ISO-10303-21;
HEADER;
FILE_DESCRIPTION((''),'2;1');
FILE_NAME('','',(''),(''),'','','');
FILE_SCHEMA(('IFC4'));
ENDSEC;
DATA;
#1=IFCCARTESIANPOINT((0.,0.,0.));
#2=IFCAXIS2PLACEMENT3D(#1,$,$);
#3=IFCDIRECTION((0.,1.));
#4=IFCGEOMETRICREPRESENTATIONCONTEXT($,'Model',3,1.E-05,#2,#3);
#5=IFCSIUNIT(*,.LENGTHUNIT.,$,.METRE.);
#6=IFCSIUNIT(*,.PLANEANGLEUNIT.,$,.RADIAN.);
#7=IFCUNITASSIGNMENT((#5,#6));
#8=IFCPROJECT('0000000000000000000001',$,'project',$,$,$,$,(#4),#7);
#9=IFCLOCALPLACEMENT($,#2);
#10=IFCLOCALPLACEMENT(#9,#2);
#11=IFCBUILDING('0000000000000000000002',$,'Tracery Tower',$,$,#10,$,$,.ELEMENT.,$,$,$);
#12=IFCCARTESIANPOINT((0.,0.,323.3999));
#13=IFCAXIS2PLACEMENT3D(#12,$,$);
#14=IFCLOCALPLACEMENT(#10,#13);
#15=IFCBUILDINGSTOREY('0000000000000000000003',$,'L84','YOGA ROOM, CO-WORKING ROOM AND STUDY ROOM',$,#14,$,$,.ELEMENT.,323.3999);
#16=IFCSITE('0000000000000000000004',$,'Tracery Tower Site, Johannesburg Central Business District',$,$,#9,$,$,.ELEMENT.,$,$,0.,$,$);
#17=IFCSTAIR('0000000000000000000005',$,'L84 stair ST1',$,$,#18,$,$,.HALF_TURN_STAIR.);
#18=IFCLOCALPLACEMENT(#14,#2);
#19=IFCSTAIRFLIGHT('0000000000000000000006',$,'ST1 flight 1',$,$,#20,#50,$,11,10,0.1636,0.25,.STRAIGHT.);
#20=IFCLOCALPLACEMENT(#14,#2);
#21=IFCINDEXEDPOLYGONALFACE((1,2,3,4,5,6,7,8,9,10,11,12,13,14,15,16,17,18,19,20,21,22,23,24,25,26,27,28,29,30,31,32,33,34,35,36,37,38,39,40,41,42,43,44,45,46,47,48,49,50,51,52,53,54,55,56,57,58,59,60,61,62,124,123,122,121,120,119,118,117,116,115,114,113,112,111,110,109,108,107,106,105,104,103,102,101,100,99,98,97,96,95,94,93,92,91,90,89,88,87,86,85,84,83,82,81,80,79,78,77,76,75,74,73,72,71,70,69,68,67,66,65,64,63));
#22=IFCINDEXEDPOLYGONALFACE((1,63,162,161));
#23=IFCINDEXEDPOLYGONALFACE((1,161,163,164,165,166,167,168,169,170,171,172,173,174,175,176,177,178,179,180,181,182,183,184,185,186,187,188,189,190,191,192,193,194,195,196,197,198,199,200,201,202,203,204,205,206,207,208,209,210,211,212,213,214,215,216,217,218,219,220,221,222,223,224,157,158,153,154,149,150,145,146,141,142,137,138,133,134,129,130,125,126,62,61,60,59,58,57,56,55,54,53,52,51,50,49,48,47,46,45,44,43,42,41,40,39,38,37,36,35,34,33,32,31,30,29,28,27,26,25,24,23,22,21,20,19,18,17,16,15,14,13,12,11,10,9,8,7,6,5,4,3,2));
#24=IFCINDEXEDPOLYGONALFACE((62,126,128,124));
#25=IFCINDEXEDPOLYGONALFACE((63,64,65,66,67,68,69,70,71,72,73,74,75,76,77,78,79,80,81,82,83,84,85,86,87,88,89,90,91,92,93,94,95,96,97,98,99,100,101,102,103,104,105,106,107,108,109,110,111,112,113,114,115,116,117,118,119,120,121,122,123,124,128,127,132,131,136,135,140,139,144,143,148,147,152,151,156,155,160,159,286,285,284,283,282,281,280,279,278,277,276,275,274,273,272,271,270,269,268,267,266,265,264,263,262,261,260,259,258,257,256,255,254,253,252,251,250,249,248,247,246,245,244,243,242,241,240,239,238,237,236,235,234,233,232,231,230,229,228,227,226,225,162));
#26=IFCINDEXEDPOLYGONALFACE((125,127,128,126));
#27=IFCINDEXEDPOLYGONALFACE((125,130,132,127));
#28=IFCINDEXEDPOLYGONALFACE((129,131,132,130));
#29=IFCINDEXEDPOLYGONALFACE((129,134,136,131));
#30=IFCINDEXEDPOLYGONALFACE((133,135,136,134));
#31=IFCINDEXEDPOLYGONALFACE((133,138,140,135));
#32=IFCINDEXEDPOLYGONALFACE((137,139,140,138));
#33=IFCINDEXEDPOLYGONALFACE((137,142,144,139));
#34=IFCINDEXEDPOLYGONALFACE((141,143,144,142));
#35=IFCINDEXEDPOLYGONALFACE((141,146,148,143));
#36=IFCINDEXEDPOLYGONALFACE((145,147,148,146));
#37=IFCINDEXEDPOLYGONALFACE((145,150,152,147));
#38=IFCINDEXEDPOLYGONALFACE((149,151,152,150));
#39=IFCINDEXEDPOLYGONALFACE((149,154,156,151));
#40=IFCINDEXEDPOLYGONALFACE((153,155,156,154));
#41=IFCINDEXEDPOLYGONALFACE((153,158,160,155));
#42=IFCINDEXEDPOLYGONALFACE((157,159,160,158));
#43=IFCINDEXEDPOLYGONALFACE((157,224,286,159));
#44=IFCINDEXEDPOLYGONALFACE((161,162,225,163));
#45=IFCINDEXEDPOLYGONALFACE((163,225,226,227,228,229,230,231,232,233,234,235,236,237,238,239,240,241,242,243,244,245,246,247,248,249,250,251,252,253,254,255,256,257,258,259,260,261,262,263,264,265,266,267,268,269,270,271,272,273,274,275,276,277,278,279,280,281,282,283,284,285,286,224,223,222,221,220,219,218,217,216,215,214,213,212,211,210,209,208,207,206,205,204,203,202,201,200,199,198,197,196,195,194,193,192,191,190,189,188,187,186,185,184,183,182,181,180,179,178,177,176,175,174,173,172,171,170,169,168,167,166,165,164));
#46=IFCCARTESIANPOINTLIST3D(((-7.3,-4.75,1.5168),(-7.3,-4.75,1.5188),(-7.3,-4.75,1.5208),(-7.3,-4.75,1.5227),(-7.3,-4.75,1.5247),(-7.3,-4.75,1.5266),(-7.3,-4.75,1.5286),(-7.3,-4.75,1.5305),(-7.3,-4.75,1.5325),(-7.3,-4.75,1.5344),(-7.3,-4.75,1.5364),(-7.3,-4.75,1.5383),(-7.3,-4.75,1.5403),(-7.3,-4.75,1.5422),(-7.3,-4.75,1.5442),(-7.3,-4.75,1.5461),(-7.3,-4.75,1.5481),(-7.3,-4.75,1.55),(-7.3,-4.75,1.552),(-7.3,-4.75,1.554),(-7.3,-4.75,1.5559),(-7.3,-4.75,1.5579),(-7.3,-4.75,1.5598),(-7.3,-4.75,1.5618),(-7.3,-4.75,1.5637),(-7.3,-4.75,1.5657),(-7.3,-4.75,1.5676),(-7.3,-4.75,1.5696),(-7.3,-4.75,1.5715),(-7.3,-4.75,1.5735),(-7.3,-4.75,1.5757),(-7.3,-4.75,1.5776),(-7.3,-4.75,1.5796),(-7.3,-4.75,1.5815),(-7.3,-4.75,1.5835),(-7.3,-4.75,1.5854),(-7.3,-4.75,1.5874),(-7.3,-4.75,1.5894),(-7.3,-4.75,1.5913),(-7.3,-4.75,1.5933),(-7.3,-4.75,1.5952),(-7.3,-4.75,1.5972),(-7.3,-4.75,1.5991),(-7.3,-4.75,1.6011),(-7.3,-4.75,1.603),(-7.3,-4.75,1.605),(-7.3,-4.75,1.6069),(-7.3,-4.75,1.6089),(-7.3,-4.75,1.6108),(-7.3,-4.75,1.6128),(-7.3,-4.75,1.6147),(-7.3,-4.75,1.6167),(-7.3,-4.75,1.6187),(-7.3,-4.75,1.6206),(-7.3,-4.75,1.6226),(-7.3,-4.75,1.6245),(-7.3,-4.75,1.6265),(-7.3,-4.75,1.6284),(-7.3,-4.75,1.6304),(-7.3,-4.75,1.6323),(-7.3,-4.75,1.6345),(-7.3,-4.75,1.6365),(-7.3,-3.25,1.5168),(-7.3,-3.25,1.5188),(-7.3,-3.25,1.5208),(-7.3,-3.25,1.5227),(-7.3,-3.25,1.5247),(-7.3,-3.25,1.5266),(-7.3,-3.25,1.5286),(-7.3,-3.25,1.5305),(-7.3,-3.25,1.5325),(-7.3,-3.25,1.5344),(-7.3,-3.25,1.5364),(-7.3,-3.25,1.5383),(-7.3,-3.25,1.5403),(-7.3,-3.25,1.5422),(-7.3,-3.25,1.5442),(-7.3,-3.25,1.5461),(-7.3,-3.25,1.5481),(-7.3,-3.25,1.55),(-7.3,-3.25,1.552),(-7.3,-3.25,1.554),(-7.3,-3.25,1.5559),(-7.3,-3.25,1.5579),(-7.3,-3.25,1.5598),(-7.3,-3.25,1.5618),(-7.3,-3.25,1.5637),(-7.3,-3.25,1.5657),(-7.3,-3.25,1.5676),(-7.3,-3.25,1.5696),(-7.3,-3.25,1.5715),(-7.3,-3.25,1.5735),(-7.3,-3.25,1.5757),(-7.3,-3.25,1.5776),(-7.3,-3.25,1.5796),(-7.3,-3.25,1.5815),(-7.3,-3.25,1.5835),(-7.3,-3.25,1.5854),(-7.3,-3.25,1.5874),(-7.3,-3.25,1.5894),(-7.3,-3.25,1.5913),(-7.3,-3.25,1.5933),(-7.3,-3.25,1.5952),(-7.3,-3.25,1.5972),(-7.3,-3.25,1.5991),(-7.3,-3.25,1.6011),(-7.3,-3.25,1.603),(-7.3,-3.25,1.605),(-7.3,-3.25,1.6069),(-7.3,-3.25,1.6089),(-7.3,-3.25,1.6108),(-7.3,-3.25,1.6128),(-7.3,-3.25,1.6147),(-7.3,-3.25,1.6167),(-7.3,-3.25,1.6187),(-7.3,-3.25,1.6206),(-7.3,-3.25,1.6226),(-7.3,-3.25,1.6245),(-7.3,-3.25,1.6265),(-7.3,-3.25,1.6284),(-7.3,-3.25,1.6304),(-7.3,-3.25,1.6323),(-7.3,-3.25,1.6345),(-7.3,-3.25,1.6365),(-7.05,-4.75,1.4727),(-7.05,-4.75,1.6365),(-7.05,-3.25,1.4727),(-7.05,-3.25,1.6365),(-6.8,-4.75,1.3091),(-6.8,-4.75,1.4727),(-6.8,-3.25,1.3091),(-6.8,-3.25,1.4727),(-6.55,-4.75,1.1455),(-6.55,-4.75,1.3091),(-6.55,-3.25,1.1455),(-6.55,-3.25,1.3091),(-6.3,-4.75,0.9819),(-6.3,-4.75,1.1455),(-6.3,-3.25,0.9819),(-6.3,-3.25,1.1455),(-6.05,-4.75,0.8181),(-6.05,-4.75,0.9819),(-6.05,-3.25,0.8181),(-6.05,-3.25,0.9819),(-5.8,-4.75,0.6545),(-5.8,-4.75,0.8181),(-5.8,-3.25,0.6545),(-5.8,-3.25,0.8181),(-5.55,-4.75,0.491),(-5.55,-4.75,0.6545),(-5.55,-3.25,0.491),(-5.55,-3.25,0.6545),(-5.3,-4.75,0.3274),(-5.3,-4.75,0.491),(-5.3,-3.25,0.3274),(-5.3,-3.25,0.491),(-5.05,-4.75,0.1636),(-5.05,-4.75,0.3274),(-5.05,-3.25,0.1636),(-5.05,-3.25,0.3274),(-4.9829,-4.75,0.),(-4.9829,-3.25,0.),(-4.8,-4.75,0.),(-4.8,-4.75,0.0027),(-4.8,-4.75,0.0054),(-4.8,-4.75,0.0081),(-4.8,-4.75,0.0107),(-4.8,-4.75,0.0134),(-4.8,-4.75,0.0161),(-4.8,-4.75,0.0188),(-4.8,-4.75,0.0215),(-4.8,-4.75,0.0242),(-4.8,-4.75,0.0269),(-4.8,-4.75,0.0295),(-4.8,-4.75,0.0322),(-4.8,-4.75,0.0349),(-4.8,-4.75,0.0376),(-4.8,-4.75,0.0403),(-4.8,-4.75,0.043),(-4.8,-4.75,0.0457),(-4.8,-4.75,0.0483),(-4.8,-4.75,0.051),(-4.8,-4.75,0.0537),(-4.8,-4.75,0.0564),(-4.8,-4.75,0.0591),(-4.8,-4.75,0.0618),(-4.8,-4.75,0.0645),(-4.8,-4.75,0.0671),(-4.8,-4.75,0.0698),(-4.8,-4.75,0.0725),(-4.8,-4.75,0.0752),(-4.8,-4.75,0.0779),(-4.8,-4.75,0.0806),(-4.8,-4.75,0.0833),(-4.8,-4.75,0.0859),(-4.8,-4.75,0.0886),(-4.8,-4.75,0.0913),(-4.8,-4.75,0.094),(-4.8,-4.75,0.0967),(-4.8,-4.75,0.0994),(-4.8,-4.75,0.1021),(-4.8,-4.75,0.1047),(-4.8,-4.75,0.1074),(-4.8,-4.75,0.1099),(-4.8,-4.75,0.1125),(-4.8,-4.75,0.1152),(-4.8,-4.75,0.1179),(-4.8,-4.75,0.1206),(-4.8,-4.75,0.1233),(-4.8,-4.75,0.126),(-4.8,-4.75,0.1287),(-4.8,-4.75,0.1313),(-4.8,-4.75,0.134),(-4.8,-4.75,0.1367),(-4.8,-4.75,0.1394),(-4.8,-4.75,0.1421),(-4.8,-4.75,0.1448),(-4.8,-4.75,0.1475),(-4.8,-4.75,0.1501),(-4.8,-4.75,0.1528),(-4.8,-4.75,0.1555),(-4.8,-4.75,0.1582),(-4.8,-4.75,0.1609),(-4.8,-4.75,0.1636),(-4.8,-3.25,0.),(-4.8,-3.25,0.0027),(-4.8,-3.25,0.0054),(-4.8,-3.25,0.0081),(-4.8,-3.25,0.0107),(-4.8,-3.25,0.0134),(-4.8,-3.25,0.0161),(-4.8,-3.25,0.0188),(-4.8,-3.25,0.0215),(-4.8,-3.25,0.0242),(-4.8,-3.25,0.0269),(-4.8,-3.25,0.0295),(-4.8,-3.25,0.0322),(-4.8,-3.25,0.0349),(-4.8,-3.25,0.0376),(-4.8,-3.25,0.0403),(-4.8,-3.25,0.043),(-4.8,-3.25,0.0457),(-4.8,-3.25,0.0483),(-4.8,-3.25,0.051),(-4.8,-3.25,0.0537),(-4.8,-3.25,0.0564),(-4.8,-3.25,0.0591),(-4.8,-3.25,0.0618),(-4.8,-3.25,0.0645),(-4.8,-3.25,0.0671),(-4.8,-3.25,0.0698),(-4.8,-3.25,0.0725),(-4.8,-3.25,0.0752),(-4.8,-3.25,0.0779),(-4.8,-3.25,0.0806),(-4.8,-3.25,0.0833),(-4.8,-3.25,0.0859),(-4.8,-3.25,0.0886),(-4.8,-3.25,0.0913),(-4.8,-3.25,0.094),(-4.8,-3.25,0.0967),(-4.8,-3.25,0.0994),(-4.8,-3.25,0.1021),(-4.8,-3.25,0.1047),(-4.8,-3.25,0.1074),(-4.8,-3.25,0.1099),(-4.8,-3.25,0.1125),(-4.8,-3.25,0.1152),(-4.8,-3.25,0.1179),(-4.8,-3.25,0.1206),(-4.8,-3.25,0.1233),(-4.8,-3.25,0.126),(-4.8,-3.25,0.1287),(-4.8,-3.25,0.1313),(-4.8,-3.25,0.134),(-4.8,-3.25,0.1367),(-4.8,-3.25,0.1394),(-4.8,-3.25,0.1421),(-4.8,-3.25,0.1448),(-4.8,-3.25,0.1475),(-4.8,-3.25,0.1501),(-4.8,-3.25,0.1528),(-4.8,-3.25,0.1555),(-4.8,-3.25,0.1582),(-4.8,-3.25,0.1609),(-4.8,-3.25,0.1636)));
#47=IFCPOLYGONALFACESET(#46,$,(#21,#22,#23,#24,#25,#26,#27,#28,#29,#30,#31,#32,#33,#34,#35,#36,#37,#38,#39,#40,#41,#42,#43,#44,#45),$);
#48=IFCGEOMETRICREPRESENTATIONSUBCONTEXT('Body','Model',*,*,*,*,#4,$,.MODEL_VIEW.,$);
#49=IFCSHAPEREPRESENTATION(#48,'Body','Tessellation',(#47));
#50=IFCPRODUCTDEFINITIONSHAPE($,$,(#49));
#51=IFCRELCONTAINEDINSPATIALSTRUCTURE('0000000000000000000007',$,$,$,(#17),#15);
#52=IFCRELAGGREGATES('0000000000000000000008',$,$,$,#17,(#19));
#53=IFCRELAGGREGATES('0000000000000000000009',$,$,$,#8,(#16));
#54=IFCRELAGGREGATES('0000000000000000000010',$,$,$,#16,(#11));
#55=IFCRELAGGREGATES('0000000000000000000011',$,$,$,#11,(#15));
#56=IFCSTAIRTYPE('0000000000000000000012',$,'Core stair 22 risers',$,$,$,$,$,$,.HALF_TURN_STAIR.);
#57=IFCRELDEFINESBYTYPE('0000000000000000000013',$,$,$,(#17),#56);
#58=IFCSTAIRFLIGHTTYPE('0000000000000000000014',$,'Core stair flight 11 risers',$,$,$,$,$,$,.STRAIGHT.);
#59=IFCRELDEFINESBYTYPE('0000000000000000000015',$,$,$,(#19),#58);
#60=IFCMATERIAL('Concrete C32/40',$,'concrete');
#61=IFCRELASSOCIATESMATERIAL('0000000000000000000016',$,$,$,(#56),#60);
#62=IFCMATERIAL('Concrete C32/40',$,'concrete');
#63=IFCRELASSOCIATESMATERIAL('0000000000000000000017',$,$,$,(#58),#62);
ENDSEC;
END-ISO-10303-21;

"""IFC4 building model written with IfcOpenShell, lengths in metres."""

from ifc_helpers import new_model, si_unit, direction, frame, origin, place, context, subcontext, project, spatial, polyline, outline, extrude, material, type_object, element, aggregate, save


model = new_model("IFC4")

# Units and contexts
model_context = context("Model", 3, precision=1e-05, world=origin(), true_north=direction((0.0, 1.0)))
body_context = subcontext(model_context, "Body", "Model", "MODEL_VIEW")
ifc_project = project(units=[si_unit("LENGTHUNIT", "METRE"), si_unit("PLANEANGLEUNIT", "RADIAN")], contexts=[model_context])

# Site, building, storey
site_placement = place(None, origin())
site = spatial("IfcSite", under=ifc_project, at=site_placement, Name="Tracery Tower Site, Johannesburg Central Business District", CompositionType="ELEMENT", RefElevation=0.0)
building_placement = place(site_placement, origin())
building = spatial("IfcBuilding", under=site, at=building_placement, Name="Tracery Tower", CompositionType="ELEMENT")
storey_placement = place(building_placement, frame((0.0, 0.0, 323.3999)))
storey = spatial("IfcBuildingStorey", under=building, at=storey_placement, Name="L84", Description="YOGA ROOM, CO-WORKING ROOM AND STUDY ROOM", CompositionType="ELEMENT", Elevation=323.3999)

# Stair, stair flight
ifc_material_1 = material(Name="Concrete C32/40", Category="concrete")
stair_type = type_object("IfcStairType", Name="Core stair 22 risers", PredefinedType="HALF_TURN_STAIR", material=ifc_material_1)
stair_placement = place(storey_placement, origin())
stair = element("IfcStair", 1, at=stair_placement, inside=storey, type_object=stair_type, Name="L84 stair ST1", PredefinedType="HALF_TURN_STAIR")
ifc_material_2 = material(Name="Concrete C32/40", Category="concrete")
stair_flight_type = type_object("IfcStairFlightType", Name="Core stair flight 11 risers", PredefinedType="STRAIGHT", material=ifc_material_2)
stair_flight_1_placement = place(storey_placement, frame((-4.8, -4.0, 0.0), z_axis=(0.0, 0.0, 1.0), x_axis=(-1.0, 0.0, 0.0)))
stair_flight_1 = element("IfcStairFlight", 2, at=stair_flight_1_placement, type_object=stair_flight_type, Name="ST1 flight 1", NumberOfRisers=11, NumberOfTreads=10, PredefinedType="STRAIGHT", RiserHeight=0.1636, TreadLength=0.25, context=body_context, shape_type="SweptSolid", body=[
    extrude(outline(polyline([(0.0, 0.0), (0.0, 0.0027), (0.0, 0.0054), (0.0, 0.0081), (0.0, 0.0107), (0.0, 0.0134), (0.0, 0.0161), (0.0, 0.0188), (0.0, 0.0215), (0.0, 0.0242), (0.0, 0.0269), (0.0, 0.0295), (0.0, 0.0322), (0.0, 0.0349), (0.0, 0.0376), (0.0, 0.0403), (0.0, 0.043), (0.0, 0.0457), (0.0, 0.0483), (0.0, 0.051), (0.0, 0.0537), (0.0, 0.0564), (0.0, 0.0591), (0.0, 0.0618), (0.0, 0.0645), (0.0, 0.0671), (0.0, 0.0698), (0.0, 0.0725), (0.0, 0.0752), (0.0, 0.0779), (0.0, 0.0806), (0.0, 0.0833), (0.0, 0.0859), (0.0, 0.0886), (0.0, 0.0913), (0.0, 0.094), (0.0, 0.0967), (0.0, 0.0994), (0.0, 0.1021), (0.0, 0.1047), (0.0, 0.1074), (0.0, 0.1099), (0.0, 0.1125), (0.0, 0.1152), (0.0, 0.1179), (0.0, 0.1206), (0.0, 0.1233), (0.0, 0.126), (0.0, 0.1287), (0.0, 0.1313), (0.0, 0.134), (0.0, 0.1367), (0.0, 0.1394), (0.0, 0.1421), (0.0, 0.1448), (0.0, 0.1475), (0.0, 0.1501), (0.0, 0.1528), (0.0, 0.1555), (0.0, 0.1582), (0.0, 0.1609), (0.0, 0.1636), (0.25, 0.1636), (0.25, 0.3274), (0.5, 0.3274), (0.5, 0.491), (0.75, 0.491), (0.75, 0.6545), (1.0, 0.6545), (1.0, 0.8181), (1.25, 0.8181), (1.25, 0.9819), (1.5, 0.9819), (1.5, 1.1455), (1.75, 1.1455), (1.75, 1.3091), (2.0, 1.3091), (2.0, 1.4727), (2.25, 1.4727), (2.25, 1.6365), (2.5, 1.6365), (2.5, 1.6345), (2.5, 1.6323), (2.5, 1.6304), (2.5, 1.6284), (2.5, 1.6265), (2.5, 1.6245), (2.5, 1.6226), (2.5, 1.6206), (2.5, 1.6187), (2.5, 1.6167), (2.5, 1.6147), (2.5, 1.6128), (2.5, 1.6108), (2.5, 1.6089), (2.5, 1.6069), (2.5, 1.605), (2.5, 1.603), (2.5, 1.6011), (2.5, 1.5991), (2.5, 1.5972), (2.5, 1.5952), (2.5, 1.5933), (2.5, 1.5913), (2.5, 1.5894), (2.5, 1.5874), (2.5, 1.5854), (2.5, 1.5835), (2.5, 1.5815), (2.5, 1.5796), (2.5, 1.5776), (2.5, 1.5757), (2.5, 1.5735), (2.5, 1.5715), (2.5, 1.5696), (2.5, 1.5676), (2.5, 1.5657), (2.5, 1.5637), (2.5, 1.5618), (2.5, 1.5598), (2.5, 1.5579), (2.5, 1.5559), (2.5, 1.554), (2.5, 1.552), (2.5, 1.55), (2.5, 1.5481), (2.5, 1.5461), (2.5, 1.5442), (2.5, 1.5422), (2.5, 1.5403), (2.5, 1.5383), (2.5, 1.5364), (2.5, 1.5344), (2.5, 1.5325), (2.5, 1.5305), (2.5, 1.5286), (2.5, 1.5266), (2.5, 1.5247), (2.5, 1.5227), (2.5, 1.5208), (2.5, 1.5188), (2.5, 1.5168), (0.1829, 0.0), (0.0, 0.0)])), frame((0.0, 0.75, 0.0), z_axis=(0.0, -1.0, 0.0), x_axis=(1.0, 0.0, 0.0)), (0.0, 0.0, 1.0), 1.5),
])
aggregate(stair, [stair_flight_1])

save(model, "model.ifc")
